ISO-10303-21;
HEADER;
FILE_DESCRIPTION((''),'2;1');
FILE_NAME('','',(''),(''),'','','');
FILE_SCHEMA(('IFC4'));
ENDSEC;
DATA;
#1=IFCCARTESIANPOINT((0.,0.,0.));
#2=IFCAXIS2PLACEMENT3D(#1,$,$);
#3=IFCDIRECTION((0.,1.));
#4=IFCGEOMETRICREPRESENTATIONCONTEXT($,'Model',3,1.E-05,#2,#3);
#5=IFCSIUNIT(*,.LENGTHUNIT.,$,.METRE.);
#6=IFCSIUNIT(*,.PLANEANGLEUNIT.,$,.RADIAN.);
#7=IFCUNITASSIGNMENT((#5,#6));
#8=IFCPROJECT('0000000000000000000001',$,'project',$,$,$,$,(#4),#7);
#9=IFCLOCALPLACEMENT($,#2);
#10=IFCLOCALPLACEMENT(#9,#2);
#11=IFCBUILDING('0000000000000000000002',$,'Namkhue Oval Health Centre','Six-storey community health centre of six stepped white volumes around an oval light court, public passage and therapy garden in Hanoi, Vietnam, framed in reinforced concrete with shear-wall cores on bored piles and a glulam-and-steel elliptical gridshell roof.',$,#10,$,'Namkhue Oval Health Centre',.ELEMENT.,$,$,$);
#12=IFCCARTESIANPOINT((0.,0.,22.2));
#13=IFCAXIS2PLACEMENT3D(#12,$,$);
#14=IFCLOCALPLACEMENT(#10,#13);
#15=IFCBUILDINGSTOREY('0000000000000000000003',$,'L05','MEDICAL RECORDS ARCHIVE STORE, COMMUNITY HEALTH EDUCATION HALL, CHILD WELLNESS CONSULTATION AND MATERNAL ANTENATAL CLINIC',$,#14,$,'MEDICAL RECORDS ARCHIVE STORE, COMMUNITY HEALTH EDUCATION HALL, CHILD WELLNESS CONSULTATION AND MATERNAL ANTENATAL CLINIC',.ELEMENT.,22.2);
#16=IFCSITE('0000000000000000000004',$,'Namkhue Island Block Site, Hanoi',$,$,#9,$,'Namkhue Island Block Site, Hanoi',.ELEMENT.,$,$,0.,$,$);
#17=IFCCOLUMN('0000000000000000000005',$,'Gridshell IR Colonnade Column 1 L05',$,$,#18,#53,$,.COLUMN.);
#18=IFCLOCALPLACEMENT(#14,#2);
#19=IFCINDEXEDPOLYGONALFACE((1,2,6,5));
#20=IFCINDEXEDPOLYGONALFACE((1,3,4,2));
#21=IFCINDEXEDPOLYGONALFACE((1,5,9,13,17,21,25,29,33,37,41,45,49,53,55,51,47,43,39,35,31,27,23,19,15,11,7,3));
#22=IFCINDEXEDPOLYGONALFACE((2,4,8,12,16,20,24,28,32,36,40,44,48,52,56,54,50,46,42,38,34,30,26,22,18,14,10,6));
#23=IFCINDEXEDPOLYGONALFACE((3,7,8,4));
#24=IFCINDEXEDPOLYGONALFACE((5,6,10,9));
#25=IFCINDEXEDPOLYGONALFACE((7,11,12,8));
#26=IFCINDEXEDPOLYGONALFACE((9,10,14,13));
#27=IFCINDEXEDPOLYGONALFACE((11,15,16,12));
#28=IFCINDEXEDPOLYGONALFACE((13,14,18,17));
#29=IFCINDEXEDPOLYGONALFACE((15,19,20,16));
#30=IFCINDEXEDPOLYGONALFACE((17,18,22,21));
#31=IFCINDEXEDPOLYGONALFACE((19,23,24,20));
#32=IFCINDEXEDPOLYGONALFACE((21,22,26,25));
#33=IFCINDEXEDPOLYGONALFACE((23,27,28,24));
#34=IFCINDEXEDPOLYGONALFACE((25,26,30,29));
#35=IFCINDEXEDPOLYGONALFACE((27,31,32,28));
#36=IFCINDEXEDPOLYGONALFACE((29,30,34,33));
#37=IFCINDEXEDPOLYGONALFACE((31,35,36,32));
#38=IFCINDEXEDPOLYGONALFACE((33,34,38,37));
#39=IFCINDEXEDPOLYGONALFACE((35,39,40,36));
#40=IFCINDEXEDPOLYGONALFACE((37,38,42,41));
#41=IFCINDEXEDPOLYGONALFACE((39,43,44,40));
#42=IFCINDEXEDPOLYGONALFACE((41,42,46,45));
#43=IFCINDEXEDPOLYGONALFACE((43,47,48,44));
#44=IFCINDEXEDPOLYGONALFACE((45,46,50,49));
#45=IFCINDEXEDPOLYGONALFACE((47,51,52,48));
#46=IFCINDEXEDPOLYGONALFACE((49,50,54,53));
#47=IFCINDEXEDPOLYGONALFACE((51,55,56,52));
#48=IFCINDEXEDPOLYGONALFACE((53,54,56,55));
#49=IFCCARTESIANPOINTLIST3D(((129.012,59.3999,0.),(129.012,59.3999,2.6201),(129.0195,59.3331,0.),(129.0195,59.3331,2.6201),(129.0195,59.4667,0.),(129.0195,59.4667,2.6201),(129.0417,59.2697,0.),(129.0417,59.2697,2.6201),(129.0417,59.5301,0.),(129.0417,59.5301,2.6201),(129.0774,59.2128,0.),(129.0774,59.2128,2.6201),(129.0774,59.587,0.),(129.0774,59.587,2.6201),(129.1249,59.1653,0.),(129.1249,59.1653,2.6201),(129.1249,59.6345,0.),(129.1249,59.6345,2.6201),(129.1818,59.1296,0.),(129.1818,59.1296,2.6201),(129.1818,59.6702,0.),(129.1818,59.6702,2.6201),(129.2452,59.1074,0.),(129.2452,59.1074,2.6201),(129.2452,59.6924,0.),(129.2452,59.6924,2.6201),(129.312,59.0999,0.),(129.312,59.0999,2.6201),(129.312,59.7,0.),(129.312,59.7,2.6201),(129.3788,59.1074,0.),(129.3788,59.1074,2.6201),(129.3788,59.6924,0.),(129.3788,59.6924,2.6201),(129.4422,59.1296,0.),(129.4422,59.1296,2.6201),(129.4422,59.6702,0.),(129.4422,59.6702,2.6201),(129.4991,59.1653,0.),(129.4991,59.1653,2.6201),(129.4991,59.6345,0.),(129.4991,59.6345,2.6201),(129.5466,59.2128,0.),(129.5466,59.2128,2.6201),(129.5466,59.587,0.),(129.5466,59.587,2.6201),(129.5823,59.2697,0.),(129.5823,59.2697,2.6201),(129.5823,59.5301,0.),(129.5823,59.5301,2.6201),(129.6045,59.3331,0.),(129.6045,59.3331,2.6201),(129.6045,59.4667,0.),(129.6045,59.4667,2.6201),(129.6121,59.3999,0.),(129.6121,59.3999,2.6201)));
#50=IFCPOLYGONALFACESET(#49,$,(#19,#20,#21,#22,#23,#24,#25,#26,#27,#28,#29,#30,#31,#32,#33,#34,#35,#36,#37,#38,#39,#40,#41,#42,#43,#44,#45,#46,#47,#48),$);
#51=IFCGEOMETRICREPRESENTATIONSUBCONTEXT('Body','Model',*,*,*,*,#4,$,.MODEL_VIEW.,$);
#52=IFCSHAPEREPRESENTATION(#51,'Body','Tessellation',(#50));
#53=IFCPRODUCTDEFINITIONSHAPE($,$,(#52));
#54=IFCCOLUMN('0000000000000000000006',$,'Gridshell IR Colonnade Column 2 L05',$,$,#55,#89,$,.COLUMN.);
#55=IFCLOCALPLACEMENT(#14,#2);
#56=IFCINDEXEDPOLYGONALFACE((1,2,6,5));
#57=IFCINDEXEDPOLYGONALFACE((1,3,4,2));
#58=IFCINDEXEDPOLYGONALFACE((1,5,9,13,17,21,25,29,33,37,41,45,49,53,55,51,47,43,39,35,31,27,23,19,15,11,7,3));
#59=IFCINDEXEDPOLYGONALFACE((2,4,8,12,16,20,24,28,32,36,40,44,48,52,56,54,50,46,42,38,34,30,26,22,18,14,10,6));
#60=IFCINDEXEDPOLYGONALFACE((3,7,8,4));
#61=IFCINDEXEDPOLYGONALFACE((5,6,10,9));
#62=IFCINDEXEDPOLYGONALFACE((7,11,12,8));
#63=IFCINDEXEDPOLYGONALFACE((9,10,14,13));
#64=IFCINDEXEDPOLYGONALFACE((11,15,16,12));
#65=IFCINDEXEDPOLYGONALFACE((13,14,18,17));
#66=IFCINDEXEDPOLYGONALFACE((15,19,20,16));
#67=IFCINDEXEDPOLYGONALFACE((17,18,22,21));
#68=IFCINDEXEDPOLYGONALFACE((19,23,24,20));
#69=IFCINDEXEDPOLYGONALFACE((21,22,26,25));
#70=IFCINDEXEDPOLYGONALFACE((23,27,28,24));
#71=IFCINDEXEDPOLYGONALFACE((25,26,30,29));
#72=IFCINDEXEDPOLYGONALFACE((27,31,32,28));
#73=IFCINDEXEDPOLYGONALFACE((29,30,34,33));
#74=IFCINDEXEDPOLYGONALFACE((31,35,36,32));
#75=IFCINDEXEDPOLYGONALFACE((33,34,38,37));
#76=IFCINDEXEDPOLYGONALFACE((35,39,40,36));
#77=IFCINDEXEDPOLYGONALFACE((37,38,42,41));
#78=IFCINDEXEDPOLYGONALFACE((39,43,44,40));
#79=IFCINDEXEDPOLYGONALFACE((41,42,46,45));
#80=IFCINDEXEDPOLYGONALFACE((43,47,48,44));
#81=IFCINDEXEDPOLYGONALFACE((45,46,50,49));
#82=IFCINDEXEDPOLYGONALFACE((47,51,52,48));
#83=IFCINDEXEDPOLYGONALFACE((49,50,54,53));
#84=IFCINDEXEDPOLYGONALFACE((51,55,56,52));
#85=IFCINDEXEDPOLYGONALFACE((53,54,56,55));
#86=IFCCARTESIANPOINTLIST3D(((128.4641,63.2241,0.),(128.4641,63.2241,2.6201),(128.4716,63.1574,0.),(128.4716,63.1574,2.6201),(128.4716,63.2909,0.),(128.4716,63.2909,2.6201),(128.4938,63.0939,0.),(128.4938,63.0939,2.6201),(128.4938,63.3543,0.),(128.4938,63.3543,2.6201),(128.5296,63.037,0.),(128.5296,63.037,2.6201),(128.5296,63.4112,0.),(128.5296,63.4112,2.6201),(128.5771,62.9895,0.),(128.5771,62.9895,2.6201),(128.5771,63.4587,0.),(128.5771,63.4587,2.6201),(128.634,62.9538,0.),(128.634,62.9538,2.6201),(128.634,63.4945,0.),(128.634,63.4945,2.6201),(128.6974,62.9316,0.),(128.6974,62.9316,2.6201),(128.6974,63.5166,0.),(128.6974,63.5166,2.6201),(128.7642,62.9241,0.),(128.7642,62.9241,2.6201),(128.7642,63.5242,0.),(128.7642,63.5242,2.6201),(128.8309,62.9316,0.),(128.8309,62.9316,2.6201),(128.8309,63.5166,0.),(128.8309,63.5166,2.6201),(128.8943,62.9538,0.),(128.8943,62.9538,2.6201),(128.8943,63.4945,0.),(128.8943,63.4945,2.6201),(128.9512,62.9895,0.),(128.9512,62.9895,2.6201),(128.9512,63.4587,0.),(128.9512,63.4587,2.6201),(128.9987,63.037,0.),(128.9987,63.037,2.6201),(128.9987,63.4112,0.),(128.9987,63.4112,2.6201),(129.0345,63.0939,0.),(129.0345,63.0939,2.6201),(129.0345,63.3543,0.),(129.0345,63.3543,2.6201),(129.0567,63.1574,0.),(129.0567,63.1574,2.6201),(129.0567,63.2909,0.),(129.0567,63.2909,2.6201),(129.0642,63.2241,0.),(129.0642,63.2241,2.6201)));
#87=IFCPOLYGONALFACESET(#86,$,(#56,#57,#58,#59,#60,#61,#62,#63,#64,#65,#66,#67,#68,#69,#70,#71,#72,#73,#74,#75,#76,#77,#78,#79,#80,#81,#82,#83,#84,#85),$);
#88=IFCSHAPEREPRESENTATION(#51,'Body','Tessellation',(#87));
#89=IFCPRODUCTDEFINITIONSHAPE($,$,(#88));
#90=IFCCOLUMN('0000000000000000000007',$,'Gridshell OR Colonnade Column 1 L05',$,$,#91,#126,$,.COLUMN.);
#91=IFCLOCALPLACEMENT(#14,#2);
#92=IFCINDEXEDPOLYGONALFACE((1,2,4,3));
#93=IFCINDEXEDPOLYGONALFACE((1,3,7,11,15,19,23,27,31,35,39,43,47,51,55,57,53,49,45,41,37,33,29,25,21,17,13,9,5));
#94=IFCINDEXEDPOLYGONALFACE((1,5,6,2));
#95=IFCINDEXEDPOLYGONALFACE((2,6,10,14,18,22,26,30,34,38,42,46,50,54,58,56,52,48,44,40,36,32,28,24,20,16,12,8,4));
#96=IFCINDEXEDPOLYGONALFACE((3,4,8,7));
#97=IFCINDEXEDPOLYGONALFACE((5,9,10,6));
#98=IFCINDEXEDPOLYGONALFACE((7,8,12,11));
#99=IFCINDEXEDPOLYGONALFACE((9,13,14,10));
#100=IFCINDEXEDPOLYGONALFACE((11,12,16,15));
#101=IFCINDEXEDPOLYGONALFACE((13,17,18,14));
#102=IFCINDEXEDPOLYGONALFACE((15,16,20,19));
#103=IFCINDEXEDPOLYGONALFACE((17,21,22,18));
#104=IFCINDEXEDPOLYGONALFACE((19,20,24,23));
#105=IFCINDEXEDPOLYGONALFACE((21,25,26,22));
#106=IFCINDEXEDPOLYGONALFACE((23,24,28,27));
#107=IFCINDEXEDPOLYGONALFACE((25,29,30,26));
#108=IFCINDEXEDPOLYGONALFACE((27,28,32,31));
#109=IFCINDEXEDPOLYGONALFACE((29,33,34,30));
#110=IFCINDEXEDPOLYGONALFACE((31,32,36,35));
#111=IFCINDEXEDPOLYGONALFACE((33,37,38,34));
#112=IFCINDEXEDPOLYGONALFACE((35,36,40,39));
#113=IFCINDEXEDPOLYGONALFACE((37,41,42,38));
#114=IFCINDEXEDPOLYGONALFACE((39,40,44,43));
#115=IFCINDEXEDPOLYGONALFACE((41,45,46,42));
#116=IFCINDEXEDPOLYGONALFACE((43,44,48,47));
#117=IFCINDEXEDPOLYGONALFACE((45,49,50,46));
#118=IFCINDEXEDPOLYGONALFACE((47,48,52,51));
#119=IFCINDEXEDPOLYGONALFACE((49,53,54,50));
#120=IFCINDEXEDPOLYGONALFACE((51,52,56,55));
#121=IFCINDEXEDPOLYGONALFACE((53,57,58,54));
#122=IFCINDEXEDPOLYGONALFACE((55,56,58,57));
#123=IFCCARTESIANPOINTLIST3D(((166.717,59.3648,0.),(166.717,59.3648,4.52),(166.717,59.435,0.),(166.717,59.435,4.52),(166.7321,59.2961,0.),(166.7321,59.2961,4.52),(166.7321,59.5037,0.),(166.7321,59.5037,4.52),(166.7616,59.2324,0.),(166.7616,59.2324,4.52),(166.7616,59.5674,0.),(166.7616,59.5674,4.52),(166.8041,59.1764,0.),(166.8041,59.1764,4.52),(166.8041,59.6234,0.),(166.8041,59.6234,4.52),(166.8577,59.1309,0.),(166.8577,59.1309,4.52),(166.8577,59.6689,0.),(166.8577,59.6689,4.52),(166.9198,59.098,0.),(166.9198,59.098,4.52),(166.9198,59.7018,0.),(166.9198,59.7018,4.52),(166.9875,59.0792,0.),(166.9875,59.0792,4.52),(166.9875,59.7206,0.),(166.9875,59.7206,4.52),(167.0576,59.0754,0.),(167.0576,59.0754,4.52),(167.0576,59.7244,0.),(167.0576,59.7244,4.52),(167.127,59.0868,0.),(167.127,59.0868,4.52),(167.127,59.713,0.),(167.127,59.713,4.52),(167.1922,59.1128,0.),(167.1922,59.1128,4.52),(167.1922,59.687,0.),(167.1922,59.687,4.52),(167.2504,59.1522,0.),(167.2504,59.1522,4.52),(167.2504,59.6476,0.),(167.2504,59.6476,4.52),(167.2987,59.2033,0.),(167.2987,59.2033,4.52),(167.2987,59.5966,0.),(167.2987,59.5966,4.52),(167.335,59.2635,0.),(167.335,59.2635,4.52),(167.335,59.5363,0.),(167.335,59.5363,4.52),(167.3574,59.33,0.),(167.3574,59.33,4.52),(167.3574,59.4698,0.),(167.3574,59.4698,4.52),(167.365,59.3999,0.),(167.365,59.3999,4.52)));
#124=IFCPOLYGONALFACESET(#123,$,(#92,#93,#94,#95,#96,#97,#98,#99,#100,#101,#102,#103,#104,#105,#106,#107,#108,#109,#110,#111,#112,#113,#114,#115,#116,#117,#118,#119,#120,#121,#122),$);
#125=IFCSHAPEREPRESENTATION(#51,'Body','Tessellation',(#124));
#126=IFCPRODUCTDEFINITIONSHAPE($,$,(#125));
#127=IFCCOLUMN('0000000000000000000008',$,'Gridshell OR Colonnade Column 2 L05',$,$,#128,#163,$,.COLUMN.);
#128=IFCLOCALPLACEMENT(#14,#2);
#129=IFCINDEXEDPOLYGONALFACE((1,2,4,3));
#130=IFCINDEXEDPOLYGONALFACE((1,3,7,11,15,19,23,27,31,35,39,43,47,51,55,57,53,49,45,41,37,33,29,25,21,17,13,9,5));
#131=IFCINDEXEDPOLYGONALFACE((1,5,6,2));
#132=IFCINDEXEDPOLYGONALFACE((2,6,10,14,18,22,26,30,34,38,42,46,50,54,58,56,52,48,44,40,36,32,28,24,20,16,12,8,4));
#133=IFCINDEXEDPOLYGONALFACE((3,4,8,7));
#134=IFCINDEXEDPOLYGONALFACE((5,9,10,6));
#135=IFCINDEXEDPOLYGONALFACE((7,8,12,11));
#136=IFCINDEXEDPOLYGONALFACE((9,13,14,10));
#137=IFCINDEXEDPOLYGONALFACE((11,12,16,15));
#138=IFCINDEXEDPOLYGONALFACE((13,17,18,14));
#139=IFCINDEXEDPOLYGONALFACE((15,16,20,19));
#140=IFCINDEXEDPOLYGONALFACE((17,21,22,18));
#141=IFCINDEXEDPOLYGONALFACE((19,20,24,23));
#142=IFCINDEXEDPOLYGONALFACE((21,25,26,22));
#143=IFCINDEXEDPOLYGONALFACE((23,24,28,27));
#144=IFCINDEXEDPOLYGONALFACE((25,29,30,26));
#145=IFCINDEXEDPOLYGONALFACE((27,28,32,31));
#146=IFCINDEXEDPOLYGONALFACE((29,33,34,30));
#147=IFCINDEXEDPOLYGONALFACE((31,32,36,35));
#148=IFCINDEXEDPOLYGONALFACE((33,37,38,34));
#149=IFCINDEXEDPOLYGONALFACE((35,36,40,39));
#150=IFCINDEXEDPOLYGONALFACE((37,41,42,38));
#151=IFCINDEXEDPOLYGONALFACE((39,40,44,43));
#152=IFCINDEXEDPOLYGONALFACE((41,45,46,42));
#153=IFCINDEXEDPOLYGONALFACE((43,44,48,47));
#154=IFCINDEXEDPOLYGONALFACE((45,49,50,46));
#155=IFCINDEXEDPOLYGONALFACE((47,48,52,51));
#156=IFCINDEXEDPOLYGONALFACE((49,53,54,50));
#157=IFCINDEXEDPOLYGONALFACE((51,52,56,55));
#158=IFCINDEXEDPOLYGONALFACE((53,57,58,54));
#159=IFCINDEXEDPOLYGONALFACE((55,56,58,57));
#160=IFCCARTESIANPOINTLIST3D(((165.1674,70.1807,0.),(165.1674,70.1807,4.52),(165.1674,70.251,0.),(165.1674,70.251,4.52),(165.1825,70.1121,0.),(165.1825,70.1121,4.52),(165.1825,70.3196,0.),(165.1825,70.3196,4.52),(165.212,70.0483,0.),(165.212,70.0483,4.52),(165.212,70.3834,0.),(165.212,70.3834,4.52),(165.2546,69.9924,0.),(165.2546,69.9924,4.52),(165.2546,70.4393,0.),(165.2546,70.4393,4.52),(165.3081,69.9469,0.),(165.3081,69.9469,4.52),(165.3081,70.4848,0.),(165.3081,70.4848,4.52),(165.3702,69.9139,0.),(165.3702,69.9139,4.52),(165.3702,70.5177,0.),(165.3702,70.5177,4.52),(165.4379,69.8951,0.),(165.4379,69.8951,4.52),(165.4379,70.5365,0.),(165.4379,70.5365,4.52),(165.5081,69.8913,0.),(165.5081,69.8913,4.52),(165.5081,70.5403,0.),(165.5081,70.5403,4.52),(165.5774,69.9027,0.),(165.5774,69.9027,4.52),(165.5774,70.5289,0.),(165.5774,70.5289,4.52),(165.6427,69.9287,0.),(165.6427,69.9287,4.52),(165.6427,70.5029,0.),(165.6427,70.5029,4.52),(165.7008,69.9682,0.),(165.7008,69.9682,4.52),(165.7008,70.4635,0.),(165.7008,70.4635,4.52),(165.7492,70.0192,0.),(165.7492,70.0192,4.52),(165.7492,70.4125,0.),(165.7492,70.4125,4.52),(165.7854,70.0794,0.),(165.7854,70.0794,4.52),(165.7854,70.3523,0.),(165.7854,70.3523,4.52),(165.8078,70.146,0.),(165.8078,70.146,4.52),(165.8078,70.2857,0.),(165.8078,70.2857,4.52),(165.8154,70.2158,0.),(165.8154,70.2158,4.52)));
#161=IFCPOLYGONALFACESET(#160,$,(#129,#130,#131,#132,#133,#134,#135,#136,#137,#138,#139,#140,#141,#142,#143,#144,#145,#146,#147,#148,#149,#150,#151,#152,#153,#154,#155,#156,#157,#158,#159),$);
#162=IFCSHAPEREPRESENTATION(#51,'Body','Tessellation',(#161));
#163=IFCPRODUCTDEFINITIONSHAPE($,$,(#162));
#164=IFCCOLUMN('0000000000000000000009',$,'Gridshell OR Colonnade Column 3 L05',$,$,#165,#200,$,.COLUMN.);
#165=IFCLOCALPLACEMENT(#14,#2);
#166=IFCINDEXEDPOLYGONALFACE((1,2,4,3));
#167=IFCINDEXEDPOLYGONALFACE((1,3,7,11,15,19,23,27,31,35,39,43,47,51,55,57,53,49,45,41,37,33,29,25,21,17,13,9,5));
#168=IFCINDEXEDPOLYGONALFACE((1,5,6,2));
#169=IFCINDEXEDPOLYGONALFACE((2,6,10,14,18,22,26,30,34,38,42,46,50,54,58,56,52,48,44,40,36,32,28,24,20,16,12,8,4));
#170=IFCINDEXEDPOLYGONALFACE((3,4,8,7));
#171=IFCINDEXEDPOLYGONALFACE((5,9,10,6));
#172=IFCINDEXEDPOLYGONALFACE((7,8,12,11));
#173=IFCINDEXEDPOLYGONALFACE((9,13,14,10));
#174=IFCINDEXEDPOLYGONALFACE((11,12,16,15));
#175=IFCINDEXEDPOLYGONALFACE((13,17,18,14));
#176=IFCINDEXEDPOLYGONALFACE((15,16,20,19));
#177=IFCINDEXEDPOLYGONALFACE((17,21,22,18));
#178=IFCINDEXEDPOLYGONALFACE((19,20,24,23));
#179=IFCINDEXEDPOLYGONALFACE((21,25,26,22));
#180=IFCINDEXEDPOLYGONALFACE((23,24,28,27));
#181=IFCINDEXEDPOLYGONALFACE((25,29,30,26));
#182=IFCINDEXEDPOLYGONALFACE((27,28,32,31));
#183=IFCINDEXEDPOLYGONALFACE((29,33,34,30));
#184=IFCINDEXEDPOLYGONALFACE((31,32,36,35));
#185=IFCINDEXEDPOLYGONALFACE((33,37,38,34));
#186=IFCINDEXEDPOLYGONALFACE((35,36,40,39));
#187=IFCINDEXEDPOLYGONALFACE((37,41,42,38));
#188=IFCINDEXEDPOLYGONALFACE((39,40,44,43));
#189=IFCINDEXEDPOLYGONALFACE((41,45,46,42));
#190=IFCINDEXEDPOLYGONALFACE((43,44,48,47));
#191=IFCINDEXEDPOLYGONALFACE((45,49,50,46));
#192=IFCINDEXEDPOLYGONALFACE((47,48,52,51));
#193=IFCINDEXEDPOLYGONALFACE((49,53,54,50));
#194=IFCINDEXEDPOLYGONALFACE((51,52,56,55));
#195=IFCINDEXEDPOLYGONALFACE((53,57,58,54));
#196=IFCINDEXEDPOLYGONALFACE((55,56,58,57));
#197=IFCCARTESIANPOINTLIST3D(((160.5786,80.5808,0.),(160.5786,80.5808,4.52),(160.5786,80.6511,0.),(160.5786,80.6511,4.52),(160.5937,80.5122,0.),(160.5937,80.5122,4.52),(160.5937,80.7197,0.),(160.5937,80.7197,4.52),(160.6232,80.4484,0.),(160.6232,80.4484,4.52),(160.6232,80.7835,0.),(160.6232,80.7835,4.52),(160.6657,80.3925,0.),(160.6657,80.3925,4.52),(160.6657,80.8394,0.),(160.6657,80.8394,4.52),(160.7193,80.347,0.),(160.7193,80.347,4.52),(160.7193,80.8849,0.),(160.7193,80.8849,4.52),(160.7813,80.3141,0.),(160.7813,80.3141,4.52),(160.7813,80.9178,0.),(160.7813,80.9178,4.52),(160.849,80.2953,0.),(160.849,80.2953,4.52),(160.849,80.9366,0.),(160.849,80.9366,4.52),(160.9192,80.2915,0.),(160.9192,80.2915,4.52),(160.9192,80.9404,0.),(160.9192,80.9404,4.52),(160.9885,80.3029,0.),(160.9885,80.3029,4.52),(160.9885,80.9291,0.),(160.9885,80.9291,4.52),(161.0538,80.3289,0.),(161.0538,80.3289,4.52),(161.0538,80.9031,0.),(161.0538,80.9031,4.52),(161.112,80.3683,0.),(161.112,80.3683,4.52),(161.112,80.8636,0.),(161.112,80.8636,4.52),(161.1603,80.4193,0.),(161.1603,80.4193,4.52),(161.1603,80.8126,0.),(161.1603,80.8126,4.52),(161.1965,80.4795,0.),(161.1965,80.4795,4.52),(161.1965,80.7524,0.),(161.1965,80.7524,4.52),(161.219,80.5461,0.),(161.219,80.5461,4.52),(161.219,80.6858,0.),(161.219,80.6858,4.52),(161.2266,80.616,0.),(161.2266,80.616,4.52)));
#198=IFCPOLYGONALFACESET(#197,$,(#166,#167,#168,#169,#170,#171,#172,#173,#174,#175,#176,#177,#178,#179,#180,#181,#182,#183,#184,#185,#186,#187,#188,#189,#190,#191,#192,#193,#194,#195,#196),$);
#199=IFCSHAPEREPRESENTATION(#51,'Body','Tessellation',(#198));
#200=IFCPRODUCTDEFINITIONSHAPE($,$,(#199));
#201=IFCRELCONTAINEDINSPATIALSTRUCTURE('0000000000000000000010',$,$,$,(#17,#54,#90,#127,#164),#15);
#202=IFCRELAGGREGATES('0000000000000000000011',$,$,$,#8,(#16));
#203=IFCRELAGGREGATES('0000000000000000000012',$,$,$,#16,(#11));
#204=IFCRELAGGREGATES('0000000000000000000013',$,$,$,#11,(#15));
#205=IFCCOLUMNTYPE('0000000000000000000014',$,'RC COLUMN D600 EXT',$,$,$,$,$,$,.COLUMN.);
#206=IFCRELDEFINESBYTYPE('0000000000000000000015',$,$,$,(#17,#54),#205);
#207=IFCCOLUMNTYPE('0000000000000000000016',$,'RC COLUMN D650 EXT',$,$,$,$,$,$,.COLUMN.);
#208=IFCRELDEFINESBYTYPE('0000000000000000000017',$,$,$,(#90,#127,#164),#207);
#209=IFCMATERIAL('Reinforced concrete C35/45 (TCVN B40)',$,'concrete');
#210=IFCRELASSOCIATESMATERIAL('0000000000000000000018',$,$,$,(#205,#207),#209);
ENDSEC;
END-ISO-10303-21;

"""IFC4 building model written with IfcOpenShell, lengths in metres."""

from ifc_helpers import new_model, si_unit, direction, frame, origin, origin_2d, place, context, subcontext, project, spatial, circle, extrude, material, material_profile, profile_set, type_object, element, save


model = new_model("IFC4")

# Units and contexts
model_context = context("Model", 3, precision=1e-05, world=origin(), true_north=direction((0.0, 1.0)))
body_context = subcontext(model_context, "Body", "Model", "MODEL_VIEW")
ifc_project = project(units=[si_unit("LENGTHUNIT", "METRE"), si_unit("PLANEANGLEUNIT", "RADIAN")], contexts=[model_context])

# Site, building, storey
site_placement = place(None, origin())
site = spatial("IfcSite", under=ifc_project, at=site_placement, Name="Namkhue Island Block Site, Hanoi", LongName="Namkhue Island Block Site, Hanoi", CompositionType="ELEMENT", RefElevation=0.0)
building_placement = place(site_placement, origin())
building = spatial("IfcBuilding", under=site, at=building_placement, Name="Namkhue Oval Health Centre", Description="Six-storey community health centre of six stepped white volumes around an oval light court, public passage and therapy garden in Hanoi, Vietnam, framed in reinforced concrete with shear-wall cores on bored piles and a glulam-and-steel elliptical gridshell roof.", LongName="Namkhue Oval Health Centre", CompositionType="ELEMENT")
storey_placement = place(building_placement, frame((0.0, 0.0, 22.2)))
storey = spatial("IfcBuildingStorey", under=building, at=storey_placement, Name="L05", Description="MEDICAL RECORDS ARCHIVE STORE, COMMUNITY HEALTH EDUCATION HALL, CHILD WELLNESS CONSULTATION AND MATERNAL ANTENATAL CLINIC", LongName="MEDICAL RECORDS ARCHIVE STORE, COMMUNITY HEALTH EDUCATION HALL, CHILD WELLNESS CONSULTATION AND MATERNAL ANTENATAL CLINIC", CompositionType="ELEMENT", Elevation=22.2)

# Columns
ifc_material_1 = material(Name="Reinforced concrete C35/45 (TCVN B40)", Category="concrete")
ifc_material_profile_1 = material_profile(ifc_material_1, circle(Radius=0.3, at=origin_2d()), Name="RC D600")
ifc_profile_set_1 = profile_set([ifc_material_profile_1], Name="Reinforced concrete C35/45 (TCVN B40)")
column_type_1 = type_object("IfcColumnType", Name="RC COLUMN D600 EXT", PredefinedType="COLUMN", material=ifc_profile_set_1)
for number, where, z_axis, x_axis, name in (
    (1, (129.312, 59.3999, 0.0), (0.0, 0.0, 1.0), (1.0, 0.0, 0.0), "Gridshell IR Colonnade Column 1 L05"),
    (2, (128.7642, 63.2241, 0.0), (0.0, 0.0, 1.0), (1.0, 0.0, 0.0), "Gridshell IR Colonnade Column 2 L05"),
):
    element("IfcColumn", number, at=place(storey_placement, frame(where, z_axis=z_axis, x_axis=x_axis)), inside=storey, type_object=column_type_1, Name=name, PredefinedType="COLUMN", context=body_context, shape_type="SweptSolid", body=[
        extrude(circle(Radius=0.3, at=origin_2d()), origin(), (0.0, 0.0, 1.0), 2.6201),
    ])
ifc_material_profile_2 = material_profile(ifc_material_1, circle(Radius=0.325, at=origin_2d()), Name="RC D650")
ifc_profile_set_2 = profile_set([ifc_material_profile_2], Name="Reinforced concrete C35/45 (TCVN B40)")
column_type_2 = type_object("IfcColumnType", Name="RC COLUMN D650 EXT", PredefinedType="COLUMN", material=ifc_profile_set_2)
for number, where, z_axis, x_axis, name in (
    (3, (167.04, 59.3999, 0.0), (0.0, 0.0, 1.0), (1.0, 0.0, 0.0), "Gridshell OR Colonnade Column 1 L05"),
    (4, (165.4905, 70.2158, 0.0), (0.0, 0.0, 1.0), (1.0, 0.0, 0.0), "Gridshell OR Colonnade Column 2 L05"),
    (5, (160.9016, 80.616, 0.0), (0.0, 0.0, 1.0), (1.0, 0.0, 0.0), "Gridshell OR Colonnade Column 3 L05"),
):
    element("IfcColumn", number, at=place(storey_placement, frame(where, z_axis=z_axis, x_axis=x_axis)), inside=storey, type_object=column_type_2, Name=name, PredefinedType="COLUMN", context=body_context, shape_type="SweptSolid", body=[
        extrude(circle(Radius=0.325, at=origin_2d()), origin(), (0.0, 0.0, 1.0), 4.52),
    ])

save(model, "model.ifc")
